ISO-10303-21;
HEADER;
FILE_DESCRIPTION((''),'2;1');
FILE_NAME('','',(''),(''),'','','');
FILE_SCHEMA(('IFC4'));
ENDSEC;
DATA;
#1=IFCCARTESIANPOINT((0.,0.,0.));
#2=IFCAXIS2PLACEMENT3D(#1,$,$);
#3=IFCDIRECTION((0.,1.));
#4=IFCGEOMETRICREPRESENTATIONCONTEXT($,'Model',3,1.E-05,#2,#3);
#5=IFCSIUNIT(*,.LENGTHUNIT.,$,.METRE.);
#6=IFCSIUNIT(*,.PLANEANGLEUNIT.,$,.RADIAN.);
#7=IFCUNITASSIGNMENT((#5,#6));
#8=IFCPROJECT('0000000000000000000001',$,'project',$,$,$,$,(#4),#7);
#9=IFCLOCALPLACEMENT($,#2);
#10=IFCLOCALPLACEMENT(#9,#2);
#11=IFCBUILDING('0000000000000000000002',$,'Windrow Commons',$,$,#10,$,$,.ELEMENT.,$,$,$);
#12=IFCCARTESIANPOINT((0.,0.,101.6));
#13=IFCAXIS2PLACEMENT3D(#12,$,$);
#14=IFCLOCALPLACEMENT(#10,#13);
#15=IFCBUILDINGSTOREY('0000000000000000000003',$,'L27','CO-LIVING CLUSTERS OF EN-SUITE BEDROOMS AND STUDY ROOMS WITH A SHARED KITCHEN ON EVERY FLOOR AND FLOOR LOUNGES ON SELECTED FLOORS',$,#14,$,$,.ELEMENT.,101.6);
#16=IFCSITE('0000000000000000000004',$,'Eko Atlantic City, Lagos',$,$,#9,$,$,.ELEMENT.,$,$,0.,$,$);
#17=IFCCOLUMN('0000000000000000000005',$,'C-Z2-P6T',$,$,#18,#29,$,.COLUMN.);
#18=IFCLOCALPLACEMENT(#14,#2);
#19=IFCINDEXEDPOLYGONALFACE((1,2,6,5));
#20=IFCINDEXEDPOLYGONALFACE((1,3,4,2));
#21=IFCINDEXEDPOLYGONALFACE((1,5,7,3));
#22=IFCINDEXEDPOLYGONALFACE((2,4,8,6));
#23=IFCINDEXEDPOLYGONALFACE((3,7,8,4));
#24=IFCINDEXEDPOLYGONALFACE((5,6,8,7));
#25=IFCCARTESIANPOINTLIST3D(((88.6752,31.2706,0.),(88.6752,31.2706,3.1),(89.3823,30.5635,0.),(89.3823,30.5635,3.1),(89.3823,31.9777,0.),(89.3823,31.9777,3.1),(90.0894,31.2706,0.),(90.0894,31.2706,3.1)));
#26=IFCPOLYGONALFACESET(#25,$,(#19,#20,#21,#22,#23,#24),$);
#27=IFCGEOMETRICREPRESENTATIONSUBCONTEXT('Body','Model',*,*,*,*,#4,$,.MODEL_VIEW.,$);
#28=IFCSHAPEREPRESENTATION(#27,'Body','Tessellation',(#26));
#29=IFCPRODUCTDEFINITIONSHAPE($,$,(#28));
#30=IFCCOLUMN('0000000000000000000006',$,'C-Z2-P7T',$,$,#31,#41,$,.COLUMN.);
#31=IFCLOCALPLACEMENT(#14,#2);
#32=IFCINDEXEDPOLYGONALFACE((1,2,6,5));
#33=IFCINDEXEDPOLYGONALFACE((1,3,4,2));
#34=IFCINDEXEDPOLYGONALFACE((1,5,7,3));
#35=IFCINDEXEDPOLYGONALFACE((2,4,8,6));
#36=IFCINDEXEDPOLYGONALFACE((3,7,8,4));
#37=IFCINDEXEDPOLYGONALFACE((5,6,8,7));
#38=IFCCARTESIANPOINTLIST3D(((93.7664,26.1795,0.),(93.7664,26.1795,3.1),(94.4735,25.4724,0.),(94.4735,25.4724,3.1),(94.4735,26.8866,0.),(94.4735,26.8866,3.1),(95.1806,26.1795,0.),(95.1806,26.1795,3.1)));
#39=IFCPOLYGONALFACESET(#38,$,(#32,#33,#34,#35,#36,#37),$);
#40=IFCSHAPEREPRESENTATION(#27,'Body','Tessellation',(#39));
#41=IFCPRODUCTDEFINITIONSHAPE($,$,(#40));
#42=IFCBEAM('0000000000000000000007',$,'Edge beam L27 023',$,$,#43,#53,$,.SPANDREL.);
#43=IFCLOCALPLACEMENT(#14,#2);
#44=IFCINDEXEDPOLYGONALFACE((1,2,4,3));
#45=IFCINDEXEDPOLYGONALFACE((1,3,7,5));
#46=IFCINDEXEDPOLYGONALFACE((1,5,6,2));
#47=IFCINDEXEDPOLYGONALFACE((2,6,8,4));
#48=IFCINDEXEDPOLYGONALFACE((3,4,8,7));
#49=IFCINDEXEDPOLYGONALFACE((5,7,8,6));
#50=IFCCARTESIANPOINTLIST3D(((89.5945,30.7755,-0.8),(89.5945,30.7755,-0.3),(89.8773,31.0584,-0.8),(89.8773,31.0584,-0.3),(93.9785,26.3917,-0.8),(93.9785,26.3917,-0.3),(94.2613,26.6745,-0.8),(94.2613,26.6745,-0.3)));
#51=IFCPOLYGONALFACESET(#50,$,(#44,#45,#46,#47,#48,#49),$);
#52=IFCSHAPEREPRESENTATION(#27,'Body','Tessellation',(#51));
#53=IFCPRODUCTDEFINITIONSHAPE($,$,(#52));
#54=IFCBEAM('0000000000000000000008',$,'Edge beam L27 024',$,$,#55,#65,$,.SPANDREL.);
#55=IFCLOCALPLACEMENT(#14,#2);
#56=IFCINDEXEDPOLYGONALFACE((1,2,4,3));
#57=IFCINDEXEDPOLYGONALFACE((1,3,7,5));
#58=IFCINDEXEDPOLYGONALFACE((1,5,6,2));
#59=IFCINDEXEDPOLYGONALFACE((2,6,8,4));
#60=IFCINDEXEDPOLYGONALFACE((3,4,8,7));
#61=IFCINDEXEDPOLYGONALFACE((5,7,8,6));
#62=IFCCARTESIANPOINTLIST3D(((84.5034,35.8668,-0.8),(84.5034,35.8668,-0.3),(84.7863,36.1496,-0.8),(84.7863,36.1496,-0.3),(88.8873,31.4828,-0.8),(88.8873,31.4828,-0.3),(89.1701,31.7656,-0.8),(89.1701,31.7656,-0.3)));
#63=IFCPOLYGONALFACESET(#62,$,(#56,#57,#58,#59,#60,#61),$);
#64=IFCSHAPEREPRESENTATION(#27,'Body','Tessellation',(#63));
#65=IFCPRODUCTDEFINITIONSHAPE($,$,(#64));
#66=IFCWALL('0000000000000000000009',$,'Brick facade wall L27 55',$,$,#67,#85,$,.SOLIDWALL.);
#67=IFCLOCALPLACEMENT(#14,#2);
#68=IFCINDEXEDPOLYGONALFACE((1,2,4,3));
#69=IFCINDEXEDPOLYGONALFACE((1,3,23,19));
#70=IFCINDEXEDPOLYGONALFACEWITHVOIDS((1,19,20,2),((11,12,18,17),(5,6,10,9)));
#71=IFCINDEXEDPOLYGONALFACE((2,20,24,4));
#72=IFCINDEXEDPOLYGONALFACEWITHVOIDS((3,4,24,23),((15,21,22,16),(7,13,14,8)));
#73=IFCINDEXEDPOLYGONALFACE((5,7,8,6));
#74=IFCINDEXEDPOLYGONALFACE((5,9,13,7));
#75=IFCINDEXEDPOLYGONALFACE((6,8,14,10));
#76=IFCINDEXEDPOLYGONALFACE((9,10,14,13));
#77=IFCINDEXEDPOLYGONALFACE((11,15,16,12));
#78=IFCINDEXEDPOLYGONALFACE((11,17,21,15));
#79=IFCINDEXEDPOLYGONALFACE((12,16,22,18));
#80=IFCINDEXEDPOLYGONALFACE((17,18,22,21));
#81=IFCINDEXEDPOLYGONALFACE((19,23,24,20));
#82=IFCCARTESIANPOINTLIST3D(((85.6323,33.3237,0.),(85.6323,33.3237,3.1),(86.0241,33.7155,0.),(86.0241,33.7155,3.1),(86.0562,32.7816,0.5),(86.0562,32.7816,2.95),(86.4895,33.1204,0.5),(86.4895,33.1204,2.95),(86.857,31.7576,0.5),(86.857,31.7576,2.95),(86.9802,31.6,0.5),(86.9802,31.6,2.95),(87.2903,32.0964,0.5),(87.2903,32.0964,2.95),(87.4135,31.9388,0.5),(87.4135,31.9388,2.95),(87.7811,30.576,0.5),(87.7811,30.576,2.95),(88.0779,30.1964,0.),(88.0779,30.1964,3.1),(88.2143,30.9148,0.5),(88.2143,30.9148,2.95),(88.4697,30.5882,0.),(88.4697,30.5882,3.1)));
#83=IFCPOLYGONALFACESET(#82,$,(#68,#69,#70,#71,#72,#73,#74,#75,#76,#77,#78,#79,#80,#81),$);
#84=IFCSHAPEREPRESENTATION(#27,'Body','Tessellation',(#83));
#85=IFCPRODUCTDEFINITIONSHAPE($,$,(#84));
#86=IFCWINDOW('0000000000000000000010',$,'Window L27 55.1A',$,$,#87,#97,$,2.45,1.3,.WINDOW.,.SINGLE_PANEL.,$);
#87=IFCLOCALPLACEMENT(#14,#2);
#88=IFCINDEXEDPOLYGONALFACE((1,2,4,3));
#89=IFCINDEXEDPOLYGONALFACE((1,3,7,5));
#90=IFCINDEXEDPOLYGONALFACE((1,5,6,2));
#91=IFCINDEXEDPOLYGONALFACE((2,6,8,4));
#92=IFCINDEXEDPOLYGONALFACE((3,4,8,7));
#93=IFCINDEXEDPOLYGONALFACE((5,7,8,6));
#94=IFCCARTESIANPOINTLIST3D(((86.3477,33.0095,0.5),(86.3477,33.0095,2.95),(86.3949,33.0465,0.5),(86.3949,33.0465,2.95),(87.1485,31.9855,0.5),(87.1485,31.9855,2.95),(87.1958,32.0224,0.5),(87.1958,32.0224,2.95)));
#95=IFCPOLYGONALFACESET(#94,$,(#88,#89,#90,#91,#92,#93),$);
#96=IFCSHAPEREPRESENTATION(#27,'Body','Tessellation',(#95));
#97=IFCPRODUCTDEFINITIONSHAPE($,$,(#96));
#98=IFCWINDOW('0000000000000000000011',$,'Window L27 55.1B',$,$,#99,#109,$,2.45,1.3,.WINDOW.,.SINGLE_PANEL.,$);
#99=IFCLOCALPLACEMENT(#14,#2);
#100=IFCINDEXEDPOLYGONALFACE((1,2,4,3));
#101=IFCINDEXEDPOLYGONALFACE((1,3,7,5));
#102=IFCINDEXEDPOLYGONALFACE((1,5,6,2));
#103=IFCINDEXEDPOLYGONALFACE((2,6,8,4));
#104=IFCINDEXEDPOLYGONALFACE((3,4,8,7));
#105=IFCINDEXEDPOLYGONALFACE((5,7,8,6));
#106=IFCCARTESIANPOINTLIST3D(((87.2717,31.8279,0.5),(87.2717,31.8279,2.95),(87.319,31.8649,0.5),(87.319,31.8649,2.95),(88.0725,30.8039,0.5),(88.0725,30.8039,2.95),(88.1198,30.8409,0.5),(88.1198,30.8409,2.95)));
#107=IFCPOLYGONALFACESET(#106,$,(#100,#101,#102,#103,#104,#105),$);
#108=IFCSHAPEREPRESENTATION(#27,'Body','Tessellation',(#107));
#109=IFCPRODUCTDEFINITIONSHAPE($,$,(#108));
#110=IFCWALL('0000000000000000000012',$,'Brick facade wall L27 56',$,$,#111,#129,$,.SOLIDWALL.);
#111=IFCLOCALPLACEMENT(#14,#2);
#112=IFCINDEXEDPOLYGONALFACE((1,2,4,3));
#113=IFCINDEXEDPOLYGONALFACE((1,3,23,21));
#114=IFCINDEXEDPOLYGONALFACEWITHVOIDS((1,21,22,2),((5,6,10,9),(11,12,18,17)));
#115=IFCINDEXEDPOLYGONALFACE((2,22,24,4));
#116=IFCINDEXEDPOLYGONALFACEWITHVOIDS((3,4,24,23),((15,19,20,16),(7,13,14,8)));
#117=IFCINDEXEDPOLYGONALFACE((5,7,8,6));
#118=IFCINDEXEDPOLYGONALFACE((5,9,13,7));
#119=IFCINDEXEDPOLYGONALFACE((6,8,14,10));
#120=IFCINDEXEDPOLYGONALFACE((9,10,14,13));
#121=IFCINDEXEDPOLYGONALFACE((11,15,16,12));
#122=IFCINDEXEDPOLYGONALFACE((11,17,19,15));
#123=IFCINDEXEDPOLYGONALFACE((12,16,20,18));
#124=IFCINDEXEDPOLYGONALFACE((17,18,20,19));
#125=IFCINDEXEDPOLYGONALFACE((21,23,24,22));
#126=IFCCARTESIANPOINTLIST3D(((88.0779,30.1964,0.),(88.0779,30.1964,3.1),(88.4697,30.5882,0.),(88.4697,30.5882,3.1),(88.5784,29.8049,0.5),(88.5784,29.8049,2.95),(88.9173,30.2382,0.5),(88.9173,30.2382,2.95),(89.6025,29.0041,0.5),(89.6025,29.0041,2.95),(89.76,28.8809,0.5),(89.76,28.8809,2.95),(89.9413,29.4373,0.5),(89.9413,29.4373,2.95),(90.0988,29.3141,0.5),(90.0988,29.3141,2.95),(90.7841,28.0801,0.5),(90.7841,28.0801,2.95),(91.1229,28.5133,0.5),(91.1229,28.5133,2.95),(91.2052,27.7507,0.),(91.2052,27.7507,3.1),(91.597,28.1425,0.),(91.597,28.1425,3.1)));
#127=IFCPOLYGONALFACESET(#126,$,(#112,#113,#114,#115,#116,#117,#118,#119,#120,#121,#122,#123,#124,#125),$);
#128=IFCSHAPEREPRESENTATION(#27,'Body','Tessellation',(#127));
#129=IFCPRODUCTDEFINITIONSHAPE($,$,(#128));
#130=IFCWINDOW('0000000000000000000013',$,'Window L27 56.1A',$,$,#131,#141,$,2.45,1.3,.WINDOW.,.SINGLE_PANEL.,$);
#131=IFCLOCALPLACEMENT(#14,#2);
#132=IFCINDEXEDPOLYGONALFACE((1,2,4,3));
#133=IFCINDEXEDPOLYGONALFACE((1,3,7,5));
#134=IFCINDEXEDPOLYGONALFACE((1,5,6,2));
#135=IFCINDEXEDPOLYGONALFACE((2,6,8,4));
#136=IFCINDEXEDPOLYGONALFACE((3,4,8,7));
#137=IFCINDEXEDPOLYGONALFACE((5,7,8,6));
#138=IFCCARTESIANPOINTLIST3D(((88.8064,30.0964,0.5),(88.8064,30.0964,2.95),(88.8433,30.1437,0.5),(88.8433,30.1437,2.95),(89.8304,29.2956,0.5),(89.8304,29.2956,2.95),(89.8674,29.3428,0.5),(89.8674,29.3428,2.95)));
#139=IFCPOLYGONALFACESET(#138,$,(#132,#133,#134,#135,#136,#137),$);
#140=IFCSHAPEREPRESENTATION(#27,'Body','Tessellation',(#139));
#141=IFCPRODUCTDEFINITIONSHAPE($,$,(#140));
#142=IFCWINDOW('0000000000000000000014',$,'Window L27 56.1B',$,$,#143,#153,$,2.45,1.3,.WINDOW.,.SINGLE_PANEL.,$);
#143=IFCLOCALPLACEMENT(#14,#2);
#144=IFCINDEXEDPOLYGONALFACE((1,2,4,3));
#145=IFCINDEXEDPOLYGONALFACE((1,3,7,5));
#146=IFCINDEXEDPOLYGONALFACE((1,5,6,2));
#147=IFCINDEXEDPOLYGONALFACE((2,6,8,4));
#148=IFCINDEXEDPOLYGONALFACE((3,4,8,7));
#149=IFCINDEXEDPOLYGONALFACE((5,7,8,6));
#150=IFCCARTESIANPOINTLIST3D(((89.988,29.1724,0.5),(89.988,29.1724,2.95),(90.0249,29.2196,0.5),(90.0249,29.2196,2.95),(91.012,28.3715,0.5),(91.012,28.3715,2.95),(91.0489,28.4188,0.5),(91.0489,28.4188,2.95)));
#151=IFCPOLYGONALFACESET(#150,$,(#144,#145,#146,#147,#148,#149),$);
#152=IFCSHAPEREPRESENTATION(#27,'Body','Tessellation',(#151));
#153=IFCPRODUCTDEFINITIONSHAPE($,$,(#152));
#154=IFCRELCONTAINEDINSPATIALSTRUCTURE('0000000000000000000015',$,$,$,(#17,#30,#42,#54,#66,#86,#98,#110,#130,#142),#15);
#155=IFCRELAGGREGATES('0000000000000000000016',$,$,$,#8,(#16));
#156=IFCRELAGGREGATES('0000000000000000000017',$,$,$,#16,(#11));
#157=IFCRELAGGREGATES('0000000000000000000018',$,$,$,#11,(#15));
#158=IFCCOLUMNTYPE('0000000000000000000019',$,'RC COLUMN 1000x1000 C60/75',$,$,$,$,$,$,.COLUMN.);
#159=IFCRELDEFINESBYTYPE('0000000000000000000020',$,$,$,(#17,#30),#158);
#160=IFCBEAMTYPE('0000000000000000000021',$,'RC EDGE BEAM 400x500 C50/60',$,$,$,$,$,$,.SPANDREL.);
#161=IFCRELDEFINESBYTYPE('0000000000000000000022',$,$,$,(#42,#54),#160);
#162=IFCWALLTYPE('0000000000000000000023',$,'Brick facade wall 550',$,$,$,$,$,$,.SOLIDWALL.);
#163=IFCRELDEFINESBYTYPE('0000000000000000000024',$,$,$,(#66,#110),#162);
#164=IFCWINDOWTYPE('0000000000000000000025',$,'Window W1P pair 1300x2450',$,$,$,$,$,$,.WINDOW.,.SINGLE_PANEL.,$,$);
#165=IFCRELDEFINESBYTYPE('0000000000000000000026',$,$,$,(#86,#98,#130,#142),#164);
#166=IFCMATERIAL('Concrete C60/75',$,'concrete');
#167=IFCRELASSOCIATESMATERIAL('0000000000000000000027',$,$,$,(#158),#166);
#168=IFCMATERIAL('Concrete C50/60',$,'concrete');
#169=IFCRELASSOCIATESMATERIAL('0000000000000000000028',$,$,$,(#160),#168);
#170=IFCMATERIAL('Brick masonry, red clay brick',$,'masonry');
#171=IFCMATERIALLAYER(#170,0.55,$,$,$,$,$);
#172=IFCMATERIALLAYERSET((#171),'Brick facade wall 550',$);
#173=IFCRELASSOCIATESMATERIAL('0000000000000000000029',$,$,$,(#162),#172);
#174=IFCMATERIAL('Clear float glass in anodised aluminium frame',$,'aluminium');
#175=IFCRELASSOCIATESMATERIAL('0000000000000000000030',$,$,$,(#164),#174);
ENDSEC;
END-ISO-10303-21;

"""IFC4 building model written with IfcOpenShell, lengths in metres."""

from ifc_helpers import new_model, si_unit, direction, frame, frame_2d, origin, origin_2d, place, context, subcontext, project, spatial, polyline, rectangle, outline, extrude, material, layer, layer_set, material_profile, profile_set, type_object, element, fill, save


model = new_model("IFC4")

# Units and contexts
model_context = context("Model", 3, precision=1e-05, world=origin(), true_north=direction((0.0, 1.0)))
body_context = subcontext(model_context, "Body", "Model", "MODEL_VIEW")
ifc_project = project(units=[si_unit("LENGTHUNIT", "METRE"), si_unit("PLANEANGLEUNIT", "RADIAN")], contexts=[model_context])

# Site, building, storey
site_placement = place(None, origin())
site = spatial("IfcSite", under=ifc_project, at=site_placement, Name="Eko Atlantic City, Lagos", CompositionType="ELEMENT", RefElevation=0.0)
building_placement = place(site_placement, origin())
building = spatial("IfcBuilding", under=site, at=building_placement, Name="Windrow Commons", CompositionType="ELEMENT")
storey_placement = place(building_placement, frame((0.0, 0.0, 101.6)))
storey = spatial("IfcBuildingStorey", under=building, at=storey_placement, Name="L27", Description="CO-LIVING CLUSTERS OF EN-SUITE BEDROOMS AND STUDY ROOMS WITH A SHARED KITCHEN ON EVERY FLOOR AND FLOOR LOUNGES ON SELECTED FLOORS", CompositionType="ELEMENT", Elevation=101.6)

# Columns
ifc_material_1 = material(Name="Concrete C60/75", Category="concrete")
ifc_material_profile_1 = material_profile(ifc_material_1, rectangle(XDim=1.0, YDim=1.0, at=origin_2d()))
ifc_profile_set_1 = profile_set([ifc_material_profile_1], Name="Concrete C60/75")
column_type = type_object("IfcColumnType", Name="RC COLUMN 1000x1000 C60/75", PredefinedType="COLUMN", material=ifc_profile_set_1)
for number, where, z_axis, x_axis, name in (
    (1, (89.3823, 31.2706, 0.0), (0.0, 0.0, 1.0), (0.707107, -0.707107, 0.0), "C-Z2-P6T"),
    (2, (94.4735, 26.1795, 0.0), (0.0, 0.0, 1.0), (0.707107, -0.707107, 0.0), "C-Z2-P7T"),
):
    element("IfcColumn", number, at=place(storey_placement, frame(where, z_axis=z_axis, x_axis=x_axis)), inside=storey, type_object=column_type, Name=name, PredefinedType="COLUMN", context=body_context, shape_type="SweptSolid", body=[
        extrude(rectangle(XDim=1.0, YDim=1.0, at=origin_2d()), origin(), (0.0, 0.0, 1.0), 3.1),
    ])

# Beams
ifc_material_2 = material(Name="Concrete C50/60", Category="concrete")
ifc_material_profile_2 = material_profile(ifc_material_2, rectangle(XDim=0.4, YDim=0.5, at=origin_2d()))
ifc_profile_set_2 = profile_set([ifc_material_profile_2], Name="Concrete C50/60")
beam_type = type_object("IfcBeamType", Name="RC EDGE BEAM 400x500 C50/60", PredefinedType="SPANDREL", material=ifc_profile_set_2)
for number, where, z_axis, x_axis, name in (
    (3, (94.1199, 26.5331, -0.55), (-0.707115, 0.707099, 0.0), (-0.707099, -0.707115, 0.0), "Edge beam L27 023"),
    (4, (89.0287, 31.6242, -0.55), (-0.707099, 0.707115, 0.0), (-0.707115, -0.707099, 0.0), "Edge beam L27 024"),
):
    element("IfcBeam", number, at=place(storey_placement, frame(where, z_axis=z_axis, x_axis=x_axis)), inside=storey, type_object=beam_type, Name=name, PredefinedType="SPANDREL", context=body_context, shape_type="SweptSolid", body=[
        extrude(rectangle(XDim=0.4, YDim=0.5, at=origin_2d()), origin(), (0.0, 0.0, 1.0), 6.1998),
    ])

# Walls, openings, windows
ifc_material_3 = material(Name="Brick masonry, red clay brick", Category="masonry")
ifc_layer_1 = layer(ifc_material_3, 0.55)
ifc_layer_set_1 = layer_set([ifc_layer_1], Name="Brick facade wall 550")
wall_type_1 = type_object("IfcWallType", Name="Brick facade wall 550", PredefinedType="SOLIDWALL", material=ifc_layer_set_1)
wall_1_placement = place(storey_placement, frame((85.8282, 33.5196, 0.0), z_axis=(0.0, 0.0, 1.0), x_axis=(0.616019, -0.787731, 0.0)))
wall_1 = element("IfcWall", 5, at=wall_1_placement, inside=storey, type_object=wall_type_1, Name="Brick facade wall L27 55", PredefinedType="SOLIDWALL", context=body_context, shape_type="SweptSolid", body=[
    extrude(outline(polyline([(0.0336, -0.275), (4.0037, -0.275), (3.9364, 0.275), (-0.0336, 0.275), (0.0336, -0.275)])), origin(), (0.0, 0.0, 1.0), 3.1),
])
opening_1_placement = place(wall_1_placement, frame((0.7218, 0.0, 0.5)))
opening_1 = element("IfcOpeningElement", 6, at=opening_1_placement, cuts=wall_1, PredefinedType="OPENING", context=body_context, shape_type="SweptSolid", body=[
    extrude(rectangle(XDim=1.3, YDim=2.45, at=frame_2d((0.65, 1.225))), frame((0.0, 0.285, 0.0), z_axis=(0.0, -1.0, 0.0), x_axis=(1.0, 0.0, 0.0)), (0.0, 0.0, 1.0), 0.57),
])
opening_2_placement = place(wall_1_placement, frame((2.2218, 0.0, 0.5)))
opening_2 = element("IfcOpeningElement", 7, at=opening_2_placement, cuts=wall_1, PredefinedType="OPENING", context=body_context, shape_type="SweptSolid", body=[
    extrude(rectangle(XDim=1.3, YDim=2.45, at=frame_2d((0.65, 1.225))), frame((0.0, 0.285, 0.0), z_axis=(0.0, -1.0, 0.0), x_axis=(1.0, 0.0, 0.0)), (0.0, 0.0, 1.0), 0.57),
])
ifc_material_4 = material(Name="Clear float glass in anodised aluminium frame", Category="aluminium")
window_type_1 = type_object("IfcWindowType", Name="Window W1P pair 1300x2450", PartitioningType="SINGLE_PANEL", PredefinedType="WINDOW", material=ifc_material_4)
window_1_placement = place(opening_1_placement, origin())
window_1 = element("IfcWindow", 8, at=window_1_placement, inside=storey, type_object=window_type_1, Name="Window L27 55.1A", OverallHeight=2.45, OverallWidth=1.3, PartitioningType="SINGLE_PANEL", PredefinedType="WINDOW", context=body_context, shape_type="SweptSolid", body=[
    extrude(rectangle(XDim=1.3, YDim=2.45, at=frame_2d((0.65, 1.225))), frame((0.0, 0.155, 0.0), z_axis=(0.0, -1.0, 0.0), x_axis=(1.0, 0.0, 0.0)), (0.0, 0.0, 1.0), 0.06),
])
fill(opening_1, window_1)
window_2_placement = place(opening_2_placement, origin())
window_2 = element("IfcWindow", 9, at=window_2_placement, inside=storey, type_object=window_type_1, Name="Window L27 55.1B", OverallHeight=2.45, OverallWidth=1.3, PartitioningType="SINGLE_PANEL", PredefinedType="WINDOW", context=body_context, shape_type="SweptSolid", body=[
    extrude(rectangle(XDim=1.3, YDim=2.45, at=frame_2d((0.65, 1.225))), frame((0.0, 0.155, 0.0), z_axis=(0.0, -1.0, 0.0), x_axis=(1.0, 0.0, 0.0)), (0.0, 0.0, 1.0), 0.06),
])
fill(opening_2, window_2)
wall_2_placement = place(storey_placement, frame((88.2738, 30.3923, 0.0), z_axis=(0.0, 0.0, 1.0), x_axis=(0.787719, -0.616035, 0.0)))
wall_2 = element("IfcWall", 10, at=wall_2_placement, inside=storey, type_object=wall_type_1, Name="Brick facade wall L27 56", PredefinedType="SOLIDWALL", context=body_context, shape_type="SweptSolid", body=[
    extrude(outline(polyline([(-0.0336, -0.275), (3.9364, -0.275), (4.0037, 0.275), (0.0336, 0.275), (-0.0336, -0.275)])), origin(), (0.0, 0.0, 1.0), 3.1),
])
opening_3_placement = place(wall_2_placement, frame((0.6018, 0.0, 0.5)))
opening_3 = element("IfcOpeningElement", 11, at=opening_3_placement, cuts=wall_2, PredefinedType="OPENING", context=body_context, shape_type="SweptSolid", body=[
    extrude(rectangle(XDim=1.3, YDim=2.45, at=frame_2d((0.65, 1.225))), frame((0.0, 0.285, 0.0), z_axis=(0.0, -1.0, 0.0), x_axis=(1.0, 0.0, 0.0)), (0.0, 0.0, 1.0), 0.57),
])
opening_4_placement = place(wall_2_placement, frame((2.1018, 0.0, 0.5)))
opening_4 = element("IfcOpeningElement", 12, at=opening_4_placement, cuts=wall_2, PredefinedType="OPENING", context=body_context, shape_type="SweptSolid", body=[
    extrude(rectangle(XDim=1.3, YDim=2.45, at=frame_2d((0.65, 1.225))), frame((0.0, 0.285, 0.0), z_axis=(0.0, -1.0, 0.0), x_axis=(1.0, 0.0, 0.0)), (0.0, 0.0, 1.0), 0.57),
])
window_3_placement = place(opening_3_placement, origin())
window_3 = element("IfcWindow", 13, at=window_3_placement, inside=storey, type_object=window_type_1, Name="Window L27 56.1A", OverallHeight=2.45, OverallWidth=1.3, PartitioningType="SINGLE_PANEL", PredefinedType="WINDOW", context=body_context, shape_type="SweptSolid", body=[
    extrude(rectangle(XDim=1.3, YDim=2.45, at=frame_2d((0.65, 1.225))), frame((0.0, 0.155, 0.0), z_axis=(0.0, -1.0, 0.0), x_axis=(1.0, 0.0, 0.0)), (0.0, 0.0, 1.0), 0.06),
])
fill(opening_3, window_3)
window_4_placement = place(opening_4_placement, origin())
window_4 = element("IfcWindow", 14, at=window_4_placement, inside=storey, type_object=window_type_1, Name="Window L27 56.1B", OverallHeight=2.45, OverallWidth=1.3, PartitioningType="SINGLE_PANEL", PredefinedType="WINDOW", context=body_context, shape_type="SweptSolid", body=[
    extrude(rectangle(XDim=1.3, YDim=2.45, at=frame_2d((0.65, 1.225))), frame((0.0, 0.155, 0.0), z_axis=(0.0, -1.0, 0.0), x_axis=(1.0, 0.0, 0.0)), (0.0, 0.0, 1.0), 0.06),
])
fill(opening_4, window_4)

save(model, "model.ifc")
